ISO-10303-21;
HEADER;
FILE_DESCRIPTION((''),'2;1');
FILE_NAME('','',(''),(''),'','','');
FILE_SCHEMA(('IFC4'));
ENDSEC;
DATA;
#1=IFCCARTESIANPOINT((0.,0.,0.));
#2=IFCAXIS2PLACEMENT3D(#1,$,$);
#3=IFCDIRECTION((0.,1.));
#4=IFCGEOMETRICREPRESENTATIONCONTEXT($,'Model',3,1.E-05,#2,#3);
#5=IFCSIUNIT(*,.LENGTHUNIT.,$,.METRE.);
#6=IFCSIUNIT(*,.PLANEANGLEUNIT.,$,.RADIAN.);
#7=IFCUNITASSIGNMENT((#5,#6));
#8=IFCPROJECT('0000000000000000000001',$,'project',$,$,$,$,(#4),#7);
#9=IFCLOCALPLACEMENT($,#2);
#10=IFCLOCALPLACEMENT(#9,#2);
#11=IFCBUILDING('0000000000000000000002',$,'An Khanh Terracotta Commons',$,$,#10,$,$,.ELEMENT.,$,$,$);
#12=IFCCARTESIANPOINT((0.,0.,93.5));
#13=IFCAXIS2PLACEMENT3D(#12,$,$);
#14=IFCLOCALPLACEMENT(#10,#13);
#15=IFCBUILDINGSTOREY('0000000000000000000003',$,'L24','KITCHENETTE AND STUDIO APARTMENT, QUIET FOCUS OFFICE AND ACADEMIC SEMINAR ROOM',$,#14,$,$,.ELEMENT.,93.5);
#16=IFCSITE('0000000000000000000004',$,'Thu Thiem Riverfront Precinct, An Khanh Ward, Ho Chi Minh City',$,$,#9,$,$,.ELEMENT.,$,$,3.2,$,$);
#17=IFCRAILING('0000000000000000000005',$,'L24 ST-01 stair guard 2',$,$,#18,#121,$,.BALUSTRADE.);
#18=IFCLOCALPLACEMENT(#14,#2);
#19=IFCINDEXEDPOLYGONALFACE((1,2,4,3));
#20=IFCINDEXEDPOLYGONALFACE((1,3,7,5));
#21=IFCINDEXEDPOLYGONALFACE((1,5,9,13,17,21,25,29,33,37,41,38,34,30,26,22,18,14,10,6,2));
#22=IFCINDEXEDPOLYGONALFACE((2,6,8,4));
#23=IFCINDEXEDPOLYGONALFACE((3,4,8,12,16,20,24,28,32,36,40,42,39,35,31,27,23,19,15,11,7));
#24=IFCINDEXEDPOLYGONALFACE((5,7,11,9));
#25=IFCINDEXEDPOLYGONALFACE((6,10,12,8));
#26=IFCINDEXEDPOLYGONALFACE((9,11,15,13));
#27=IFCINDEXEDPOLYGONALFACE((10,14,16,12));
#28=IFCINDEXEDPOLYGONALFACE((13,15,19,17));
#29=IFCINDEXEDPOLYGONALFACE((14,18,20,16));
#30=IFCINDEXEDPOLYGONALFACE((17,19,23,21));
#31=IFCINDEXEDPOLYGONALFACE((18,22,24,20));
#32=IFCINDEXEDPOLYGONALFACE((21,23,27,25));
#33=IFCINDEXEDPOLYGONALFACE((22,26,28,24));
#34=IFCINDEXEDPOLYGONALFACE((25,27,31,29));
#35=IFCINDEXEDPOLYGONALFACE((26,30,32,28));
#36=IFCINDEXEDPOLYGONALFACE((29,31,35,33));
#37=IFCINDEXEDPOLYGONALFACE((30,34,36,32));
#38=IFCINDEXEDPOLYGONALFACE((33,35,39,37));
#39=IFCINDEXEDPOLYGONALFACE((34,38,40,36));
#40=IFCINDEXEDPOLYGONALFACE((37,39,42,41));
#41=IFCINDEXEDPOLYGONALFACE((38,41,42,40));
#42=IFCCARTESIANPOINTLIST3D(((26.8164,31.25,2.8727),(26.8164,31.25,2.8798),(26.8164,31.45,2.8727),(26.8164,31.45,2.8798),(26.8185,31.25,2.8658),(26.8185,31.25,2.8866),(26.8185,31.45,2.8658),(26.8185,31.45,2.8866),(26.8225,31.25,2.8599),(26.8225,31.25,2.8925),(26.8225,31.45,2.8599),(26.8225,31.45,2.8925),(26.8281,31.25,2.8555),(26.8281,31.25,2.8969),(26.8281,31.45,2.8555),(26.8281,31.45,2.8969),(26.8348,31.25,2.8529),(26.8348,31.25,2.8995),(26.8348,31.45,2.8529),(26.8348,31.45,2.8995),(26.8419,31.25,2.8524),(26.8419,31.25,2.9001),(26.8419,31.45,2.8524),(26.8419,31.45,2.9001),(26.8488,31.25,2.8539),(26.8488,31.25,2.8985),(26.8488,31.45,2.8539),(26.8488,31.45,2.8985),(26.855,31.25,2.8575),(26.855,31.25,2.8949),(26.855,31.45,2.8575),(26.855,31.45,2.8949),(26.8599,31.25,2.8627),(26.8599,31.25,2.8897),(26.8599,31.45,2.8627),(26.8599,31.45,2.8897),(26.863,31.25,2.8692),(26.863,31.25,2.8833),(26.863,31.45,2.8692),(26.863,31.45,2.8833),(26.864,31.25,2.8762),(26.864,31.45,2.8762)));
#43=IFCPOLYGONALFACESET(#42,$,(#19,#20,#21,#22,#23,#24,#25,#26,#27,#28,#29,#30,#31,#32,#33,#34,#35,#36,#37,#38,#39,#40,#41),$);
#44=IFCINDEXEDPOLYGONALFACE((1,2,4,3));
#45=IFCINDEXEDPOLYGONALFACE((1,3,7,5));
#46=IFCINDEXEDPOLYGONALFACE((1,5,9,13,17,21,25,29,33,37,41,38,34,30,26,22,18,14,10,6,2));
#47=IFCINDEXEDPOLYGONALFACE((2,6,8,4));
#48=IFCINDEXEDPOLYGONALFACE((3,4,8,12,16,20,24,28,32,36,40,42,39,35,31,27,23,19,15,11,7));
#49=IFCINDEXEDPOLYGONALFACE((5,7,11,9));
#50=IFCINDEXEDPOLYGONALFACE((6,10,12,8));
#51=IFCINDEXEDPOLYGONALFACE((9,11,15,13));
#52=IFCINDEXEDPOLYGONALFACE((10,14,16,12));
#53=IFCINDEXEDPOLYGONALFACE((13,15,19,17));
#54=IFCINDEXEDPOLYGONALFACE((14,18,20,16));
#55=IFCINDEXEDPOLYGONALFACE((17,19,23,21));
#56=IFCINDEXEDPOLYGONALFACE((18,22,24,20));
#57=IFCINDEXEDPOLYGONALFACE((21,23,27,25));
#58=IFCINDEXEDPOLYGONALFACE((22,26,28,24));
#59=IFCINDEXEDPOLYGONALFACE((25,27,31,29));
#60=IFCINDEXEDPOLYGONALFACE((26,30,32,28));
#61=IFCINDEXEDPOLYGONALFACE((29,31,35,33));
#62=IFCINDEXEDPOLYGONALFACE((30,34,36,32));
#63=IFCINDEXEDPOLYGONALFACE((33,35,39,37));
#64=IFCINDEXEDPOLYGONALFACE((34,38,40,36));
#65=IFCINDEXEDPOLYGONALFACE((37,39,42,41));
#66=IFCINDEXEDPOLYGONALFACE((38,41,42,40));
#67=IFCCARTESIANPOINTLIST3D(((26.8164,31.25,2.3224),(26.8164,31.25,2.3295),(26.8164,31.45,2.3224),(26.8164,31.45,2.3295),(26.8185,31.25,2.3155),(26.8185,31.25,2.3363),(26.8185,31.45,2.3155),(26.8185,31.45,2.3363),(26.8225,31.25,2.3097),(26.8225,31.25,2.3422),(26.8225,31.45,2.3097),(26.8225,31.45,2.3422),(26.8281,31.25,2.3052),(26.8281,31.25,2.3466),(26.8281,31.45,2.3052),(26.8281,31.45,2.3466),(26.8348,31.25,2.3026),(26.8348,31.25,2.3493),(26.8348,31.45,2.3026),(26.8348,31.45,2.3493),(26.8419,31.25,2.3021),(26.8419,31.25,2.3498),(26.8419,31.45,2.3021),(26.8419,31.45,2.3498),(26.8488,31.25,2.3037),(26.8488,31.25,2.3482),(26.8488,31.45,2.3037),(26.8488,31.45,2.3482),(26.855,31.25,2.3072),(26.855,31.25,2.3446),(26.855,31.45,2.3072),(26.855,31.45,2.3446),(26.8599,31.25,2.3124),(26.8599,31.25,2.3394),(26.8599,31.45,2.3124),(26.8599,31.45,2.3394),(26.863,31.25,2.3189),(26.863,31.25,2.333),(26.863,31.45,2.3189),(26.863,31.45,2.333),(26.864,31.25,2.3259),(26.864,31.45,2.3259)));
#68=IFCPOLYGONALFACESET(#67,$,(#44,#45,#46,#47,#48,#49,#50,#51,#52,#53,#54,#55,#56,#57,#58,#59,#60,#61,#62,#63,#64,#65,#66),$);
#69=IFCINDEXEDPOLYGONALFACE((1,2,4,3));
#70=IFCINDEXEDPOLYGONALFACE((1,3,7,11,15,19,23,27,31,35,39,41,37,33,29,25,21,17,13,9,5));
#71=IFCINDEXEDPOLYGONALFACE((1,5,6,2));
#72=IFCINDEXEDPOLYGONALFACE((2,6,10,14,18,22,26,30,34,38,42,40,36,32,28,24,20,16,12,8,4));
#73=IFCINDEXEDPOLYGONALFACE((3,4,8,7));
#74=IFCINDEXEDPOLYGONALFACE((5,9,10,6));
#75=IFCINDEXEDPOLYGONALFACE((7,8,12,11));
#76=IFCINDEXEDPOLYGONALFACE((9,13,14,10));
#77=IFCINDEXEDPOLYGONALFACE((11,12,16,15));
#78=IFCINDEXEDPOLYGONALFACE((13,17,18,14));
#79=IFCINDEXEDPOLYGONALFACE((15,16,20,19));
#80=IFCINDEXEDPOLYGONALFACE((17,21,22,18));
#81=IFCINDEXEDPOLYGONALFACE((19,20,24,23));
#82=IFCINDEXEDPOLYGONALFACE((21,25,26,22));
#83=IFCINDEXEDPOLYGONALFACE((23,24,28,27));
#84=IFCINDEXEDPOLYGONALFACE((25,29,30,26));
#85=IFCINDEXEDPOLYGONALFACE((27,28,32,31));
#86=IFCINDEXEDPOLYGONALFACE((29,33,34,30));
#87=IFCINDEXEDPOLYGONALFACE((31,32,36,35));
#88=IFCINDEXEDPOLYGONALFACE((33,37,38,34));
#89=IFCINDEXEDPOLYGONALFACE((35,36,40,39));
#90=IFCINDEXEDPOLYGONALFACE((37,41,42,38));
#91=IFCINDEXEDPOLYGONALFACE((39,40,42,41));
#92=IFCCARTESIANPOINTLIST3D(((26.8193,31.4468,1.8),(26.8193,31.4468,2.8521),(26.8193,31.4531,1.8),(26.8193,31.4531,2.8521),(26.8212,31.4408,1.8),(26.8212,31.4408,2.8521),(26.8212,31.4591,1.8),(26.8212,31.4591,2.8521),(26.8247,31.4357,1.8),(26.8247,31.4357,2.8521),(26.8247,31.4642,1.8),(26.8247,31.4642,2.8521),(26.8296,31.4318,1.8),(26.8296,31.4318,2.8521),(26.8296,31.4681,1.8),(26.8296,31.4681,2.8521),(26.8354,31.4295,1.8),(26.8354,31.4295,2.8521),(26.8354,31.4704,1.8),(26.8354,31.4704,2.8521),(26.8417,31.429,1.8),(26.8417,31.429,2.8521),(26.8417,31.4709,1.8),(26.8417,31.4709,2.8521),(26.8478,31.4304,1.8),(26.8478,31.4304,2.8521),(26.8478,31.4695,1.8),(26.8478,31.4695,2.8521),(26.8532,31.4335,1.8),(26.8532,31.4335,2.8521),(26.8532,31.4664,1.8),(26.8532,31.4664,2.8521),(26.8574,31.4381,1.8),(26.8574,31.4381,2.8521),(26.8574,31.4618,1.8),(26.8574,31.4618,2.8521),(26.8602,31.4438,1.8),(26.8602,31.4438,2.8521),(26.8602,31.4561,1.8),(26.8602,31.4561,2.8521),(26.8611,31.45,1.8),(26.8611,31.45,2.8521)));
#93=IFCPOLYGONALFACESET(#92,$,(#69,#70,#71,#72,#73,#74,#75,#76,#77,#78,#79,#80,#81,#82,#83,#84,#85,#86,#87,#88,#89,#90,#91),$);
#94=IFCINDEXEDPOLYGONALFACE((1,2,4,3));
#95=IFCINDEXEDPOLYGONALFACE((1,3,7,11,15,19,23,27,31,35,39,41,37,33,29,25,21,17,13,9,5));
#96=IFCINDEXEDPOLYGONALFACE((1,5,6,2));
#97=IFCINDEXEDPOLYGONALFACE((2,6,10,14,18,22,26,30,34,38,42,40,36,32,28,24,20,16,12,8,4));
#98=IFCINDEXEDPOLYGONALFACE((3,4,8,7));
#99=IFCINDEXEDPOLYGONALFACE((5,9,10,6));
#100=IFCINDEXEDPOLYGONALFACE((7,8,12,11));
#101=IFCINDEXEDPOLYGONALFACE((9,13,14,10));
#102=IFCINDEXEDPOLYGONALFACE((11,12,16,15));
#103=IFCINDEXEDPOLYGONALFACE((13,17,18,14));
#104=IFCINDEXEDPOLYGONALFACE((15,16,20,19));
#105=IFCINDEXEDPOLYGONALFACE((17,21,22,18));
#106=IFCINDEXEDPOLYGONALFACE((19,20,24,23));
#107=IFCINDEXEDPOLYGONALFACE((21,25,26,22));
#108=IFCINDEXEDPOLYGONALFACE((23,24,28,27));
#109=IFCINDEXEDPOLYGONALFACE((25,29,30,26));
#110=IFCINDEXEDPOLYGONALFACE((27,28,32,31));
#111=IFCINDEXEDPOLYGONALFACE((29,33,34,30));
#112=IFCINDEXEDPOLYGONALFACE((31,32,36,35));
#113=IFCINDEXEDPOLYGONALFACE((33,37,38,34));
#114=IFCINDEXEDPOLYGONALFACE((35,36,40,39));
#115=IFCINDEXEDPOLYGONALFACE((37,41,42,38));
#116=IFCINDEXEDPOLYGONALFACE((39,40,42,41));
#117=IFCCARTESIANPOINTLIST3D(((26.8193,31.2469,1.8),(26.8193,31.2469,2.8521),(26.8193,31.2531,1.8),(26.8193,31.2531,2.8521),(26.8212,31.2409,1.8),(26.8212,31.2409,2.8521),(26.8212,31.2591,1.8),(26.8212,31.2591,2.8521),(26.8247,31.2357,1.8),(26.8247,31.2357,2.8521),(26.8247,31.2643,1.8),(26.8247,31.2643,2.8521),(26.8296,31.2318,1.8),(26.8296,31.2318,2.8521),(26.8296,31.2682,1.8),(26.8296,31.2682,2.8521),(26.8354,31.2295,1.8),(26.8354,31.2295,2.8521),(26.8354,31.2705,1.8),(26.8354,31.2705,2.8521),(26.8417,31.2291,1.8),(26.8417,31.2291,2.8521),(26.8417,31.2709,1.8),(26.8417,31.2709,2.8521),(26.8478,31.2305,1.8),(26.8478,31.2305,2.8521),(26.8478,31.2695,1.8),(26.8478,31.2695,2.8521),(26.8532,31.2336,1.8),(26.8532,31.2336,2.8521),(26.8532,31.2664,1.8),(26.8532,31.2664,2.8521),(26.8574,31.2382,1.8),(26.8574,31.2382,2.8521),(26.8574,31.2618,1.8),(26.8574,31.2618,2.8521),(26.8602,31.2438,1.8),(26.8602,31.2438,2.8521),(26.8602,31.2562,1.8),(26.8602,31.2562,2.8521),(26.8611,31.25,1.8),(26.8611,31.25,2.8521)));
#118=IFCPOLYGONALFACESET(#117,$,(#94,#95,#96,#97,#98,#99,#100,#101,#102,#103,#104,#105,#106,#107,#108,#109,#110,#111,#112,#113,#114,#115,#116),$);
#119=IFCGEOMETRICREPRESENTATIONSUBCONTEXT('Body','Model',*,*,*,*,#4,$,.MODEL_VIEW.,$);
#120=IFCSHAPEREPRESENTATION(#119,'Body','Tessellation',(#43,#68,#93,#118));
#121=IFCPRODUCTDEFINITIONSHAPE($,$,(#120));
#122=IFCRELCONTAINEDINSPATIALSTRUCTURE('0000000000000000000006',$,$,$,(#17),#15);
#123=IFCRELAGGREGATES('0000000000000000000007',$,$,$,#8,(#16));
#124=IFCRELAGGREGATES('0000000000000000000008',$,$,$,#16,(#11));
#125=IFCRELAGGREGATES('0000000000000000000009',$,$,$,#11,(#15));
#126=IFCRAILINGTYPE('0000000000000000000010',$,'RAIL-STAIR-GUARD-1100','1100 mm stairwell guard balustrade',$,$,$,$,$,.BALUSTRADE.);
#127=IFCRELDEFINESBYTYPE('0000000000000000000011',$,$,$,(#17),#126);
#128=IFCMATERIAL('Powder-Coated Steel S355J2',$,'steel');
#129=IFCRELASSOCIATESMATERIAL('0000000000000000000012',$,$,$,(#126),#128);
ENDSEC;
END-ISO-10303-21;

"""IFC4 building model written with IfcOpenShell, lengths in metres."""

from ifc_helpers import new_model, si_unit, direction, frame, origin, origin_2d, place, context, subcontext, project, spatial, circle, extrude, material, type_object, element, save


model = new_model("IFC4")

# Units and contexts
model_context = context("Model", 3, precision=1e-05, world=origin(), true_north=direction((0.0, 1.0)))
body_context = subcontext(model_context, "Body", "Model", "MODEL_VIEW")
ifc_project = project(units=[si_unit("LENGTHUNIT", "METRE"), si_unit("PLANEANGLEUNIT", "RADIAN")], contexts=[model_context])

# Site, building, storey
site_placement = place(None, origin())
site = spatial("IfcSite", under=ifc_project, at=site_placement, Name="Thu Thiem Riverfront Precinct, An Khanh Ward, Ho Chi Minh City", CompositionType="ELEMENT", RefElevation=3.2)
building_placement = place(site_placement, origin())
building = spatial("IfcBuilding", under=site, at=building_placement, Name="An Khanh Terracotta Commons", CompositionType="ELEMENT")
storey_placement = place(building_placement, frame((0.0, 0.0, 93.5)))
storey = spatial("IfcBuildingStorey", under=building, at=storey_placement, Name="L24", Description="KITCHENETTE AND STUDIO APARTMENT, QUIET FOCUS OFFICE AND ACADEMIC SEMINAR ROOM", CompositionType="ELEMENT", Elevation=93.5)

# Railing
ifc_material_1 = material(Name="Powder-Coated Steel S355J2", Category="steel")
railing_type = type_object("IfcRailingType", Name="RAIL-STAIR-GUARD-1100", Description="1100 mm stairwell guard balustrade", PredefinedType="BALUSTRADE", material=ifc_material_1)
railing_placement = place(storey_placement, frame((26.8401, 31.45, 1.8)))
element("IfcRailing", 1, at=railing_placement, inside=storey, type_object=railing_type, Name="L24 ST-01 stair guard 2", PredefinedType="BALUSTRADE", context=body_context, shape_type="SweptSolid", body=[
    extrude(circle(Radius=0.0239, at=origin_2d()), frame((0.0, 0.0, 1.0762), z_axis=(0.0, -1.0, 0.0), x_axis=(1.0, 0.0, 0.0)), (0.0, 0.0, 1.0), 0.2),
    extrude(circle(Radius=0.0239, at=origin_2d()), frame((0.0, 0.0, 0.5259), z_axis=(0.0, -1.0, 0.0), x_axis=(1.0, 0.0, 0.0)), (0.0, 0.0, 1.0), 0.2),
    extrude(circle(Radius=0.021, at=origin_2d()), origin(), (0.0, 0.0, 1.0), 1.052),
    extrude(circle(Radius=0.021, at=origin_2d()), frame((0.0, -0.2, 0.0)), (0.0, 0.0, 1.0), 1.052),
])

save(model, "model.ifc")
